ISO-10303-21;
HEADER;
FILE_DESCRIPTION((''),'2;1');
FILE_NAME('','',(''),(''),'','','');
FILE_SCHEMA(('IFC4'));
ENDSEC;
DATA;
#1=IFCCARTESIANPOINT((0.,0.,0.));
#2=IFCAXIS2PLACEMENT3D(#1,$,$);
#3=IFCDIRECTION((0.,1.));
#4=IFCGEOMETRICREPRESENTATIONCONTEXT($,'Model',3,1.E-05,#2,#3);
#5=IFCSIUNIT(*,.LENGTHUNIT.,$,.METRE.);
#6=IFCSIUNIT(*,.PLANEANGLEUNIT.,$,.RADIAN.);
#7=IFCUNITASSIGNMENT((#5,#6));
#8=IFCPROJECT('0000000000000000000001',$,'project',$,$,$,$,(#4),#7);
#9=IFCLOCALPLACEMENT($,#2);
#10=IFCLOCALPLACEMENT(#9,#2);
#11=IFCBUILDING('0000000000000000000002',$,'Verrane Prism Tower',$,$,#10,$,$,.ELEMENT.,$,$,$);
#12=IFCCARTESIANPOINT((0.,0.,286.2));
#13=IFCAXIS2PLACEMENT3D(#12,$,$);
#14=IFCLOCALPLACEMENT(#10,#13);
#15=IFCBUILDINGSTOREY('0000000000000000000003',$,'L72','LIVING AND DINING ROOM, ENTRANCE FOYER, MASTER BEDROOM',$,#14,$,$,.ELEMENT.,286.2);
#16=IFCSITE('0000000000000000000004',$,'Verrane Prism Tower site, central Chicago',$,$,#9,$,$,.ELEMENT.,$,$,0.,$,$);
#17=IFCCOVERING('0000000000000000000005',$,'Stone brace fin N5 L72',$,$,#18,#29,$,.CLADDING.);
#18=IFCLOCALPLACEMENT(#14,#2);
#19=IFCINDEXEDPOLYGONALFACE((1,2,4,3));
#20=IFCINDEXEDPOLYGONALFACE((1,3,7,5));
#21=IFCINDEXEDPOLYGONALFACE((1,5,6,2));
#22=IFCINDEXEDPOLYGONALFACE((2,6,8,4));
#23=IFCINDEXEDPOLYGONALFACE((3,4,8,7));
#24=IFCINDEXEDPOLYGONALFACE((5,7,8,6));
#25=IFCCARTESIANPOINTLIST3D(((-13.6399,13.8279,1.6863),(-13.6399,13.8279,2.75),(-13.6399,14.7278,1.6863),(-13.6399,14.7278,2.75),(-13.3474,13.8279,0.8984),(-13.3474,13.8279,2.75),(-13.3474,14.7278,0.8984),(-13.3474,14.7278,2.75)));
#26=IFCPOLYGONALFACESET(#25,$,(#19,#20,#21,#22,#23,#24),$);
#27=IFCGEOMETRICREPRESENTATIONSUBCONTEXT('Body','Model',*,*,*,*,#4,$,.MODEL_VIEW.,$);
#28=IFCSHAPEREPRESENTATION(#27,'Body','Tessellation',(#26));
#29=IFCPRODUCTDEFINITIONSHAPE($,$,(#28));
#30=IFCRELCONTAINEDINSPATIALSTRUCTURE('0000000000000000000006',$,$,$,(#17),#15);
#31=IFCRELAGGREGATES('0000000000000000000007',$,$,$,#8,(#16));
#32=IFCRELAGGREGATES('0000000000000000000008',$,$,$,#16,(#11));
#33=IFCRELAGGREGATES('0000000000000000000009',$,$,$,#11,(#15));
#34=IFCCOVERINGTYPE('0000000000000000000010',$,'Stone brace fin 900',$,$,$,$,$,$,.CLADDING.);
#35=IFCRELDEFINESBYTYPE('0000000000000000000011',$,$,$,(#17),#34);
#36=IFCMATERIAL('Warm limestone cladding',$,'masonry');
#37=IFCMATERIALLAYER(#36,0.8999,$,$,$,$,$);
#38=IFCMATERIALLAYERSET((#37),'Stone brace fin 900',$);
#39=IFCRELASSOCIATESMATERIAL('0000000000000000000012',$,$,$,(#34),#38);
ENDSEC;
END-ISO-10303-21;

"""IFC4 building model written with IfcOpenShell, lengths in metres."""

from ifc_helpers import new_model, si_unit, direction, frame, origin, place, context, subcontext, project, spatial, polyline, outline, extrude, material, layer, layer_set, type_object, element, save


model = new_model("IFC4")

# Units and contexts
model_context = context("Model", 3, precision=1e-05, world=origin(), true_north=direction((0.0, 1.0)))
body_context = subcontext(model_context, "Body", "Model", "MODEL_VIEW")
ifc_project = project(units=[si_unit("LENGTHUNIT", "METRE"), si_unit("PLANEANGLEUNIT", "RADIAN")], contexts=[model_context])

# Site, building, storey
site_placement = place(None, origin())
site = spatial("IfcSite", under=ifc_project, at=site_placement, Name="Verrane Prism Tower site, central Chicago", CompositionType="ELEMENT", RefElevation=0.0)
building_placement = place(site_placement, origin())
building = spatial("IfcBuilding", under=site, at=building_placement, Name="Verrane Prism Tower", CompositionType="ELEMENT")
storey_placement = place(building_placement, frame((0.0, 0.0, 286.2)))
storey = spatial("IfcBuildingStorey", under=building, at=storey_placement, Name="L72", Description="LIVING AND DINING ROOM, ENTRANCE FOYER, MASTER BEDROOM", CompositionType="ELEMENT", Elevation=286.2)

# Covering
ifc_material_1 = material(Name="Warm limestone cladding", Category="masonry")
ifc_layer_1 = layer(ifc_material_1, 0.8999)
ifc_layer_set_1 = layer_set([ifc_layer_1], Name="Stone brace fin 900")
covering_type = type_object("IfcCoveringType", Name="Stone brace fin 900", PredefinedType="CLADDING", material=ifc_layer_set_1)
covering_placement = place(storey_placement, frame((-13.3474, 14.2778, 0.8984), z_axis=(0.0, 0.0, 1.0), x_axis=(-1.0, 0.0, 0.0)))
element("IfcCovering", 1, at=covering_placement, inside=storey, type_object=covering_type, Name="Stone brace fin N5 L72", PredefinedType="CLADDING", context=body_context, shape_type="SweptSolid", body=[
    extrude(outline(polyline([(0.2925, 1.8516), (0.0, 1.8516), (0.0, 0.0), (0.2925, 0.7878), (0.2925, 1.8516)])), frame((0.0, 0.45, 0.0), z_axis=(0.0, -1.0, 0.0), x_axis=(1.0, 0.0, 0.0)), (0.0, 0.0, 1.0), 0.8999),
])

save(model, "model.ifc")
